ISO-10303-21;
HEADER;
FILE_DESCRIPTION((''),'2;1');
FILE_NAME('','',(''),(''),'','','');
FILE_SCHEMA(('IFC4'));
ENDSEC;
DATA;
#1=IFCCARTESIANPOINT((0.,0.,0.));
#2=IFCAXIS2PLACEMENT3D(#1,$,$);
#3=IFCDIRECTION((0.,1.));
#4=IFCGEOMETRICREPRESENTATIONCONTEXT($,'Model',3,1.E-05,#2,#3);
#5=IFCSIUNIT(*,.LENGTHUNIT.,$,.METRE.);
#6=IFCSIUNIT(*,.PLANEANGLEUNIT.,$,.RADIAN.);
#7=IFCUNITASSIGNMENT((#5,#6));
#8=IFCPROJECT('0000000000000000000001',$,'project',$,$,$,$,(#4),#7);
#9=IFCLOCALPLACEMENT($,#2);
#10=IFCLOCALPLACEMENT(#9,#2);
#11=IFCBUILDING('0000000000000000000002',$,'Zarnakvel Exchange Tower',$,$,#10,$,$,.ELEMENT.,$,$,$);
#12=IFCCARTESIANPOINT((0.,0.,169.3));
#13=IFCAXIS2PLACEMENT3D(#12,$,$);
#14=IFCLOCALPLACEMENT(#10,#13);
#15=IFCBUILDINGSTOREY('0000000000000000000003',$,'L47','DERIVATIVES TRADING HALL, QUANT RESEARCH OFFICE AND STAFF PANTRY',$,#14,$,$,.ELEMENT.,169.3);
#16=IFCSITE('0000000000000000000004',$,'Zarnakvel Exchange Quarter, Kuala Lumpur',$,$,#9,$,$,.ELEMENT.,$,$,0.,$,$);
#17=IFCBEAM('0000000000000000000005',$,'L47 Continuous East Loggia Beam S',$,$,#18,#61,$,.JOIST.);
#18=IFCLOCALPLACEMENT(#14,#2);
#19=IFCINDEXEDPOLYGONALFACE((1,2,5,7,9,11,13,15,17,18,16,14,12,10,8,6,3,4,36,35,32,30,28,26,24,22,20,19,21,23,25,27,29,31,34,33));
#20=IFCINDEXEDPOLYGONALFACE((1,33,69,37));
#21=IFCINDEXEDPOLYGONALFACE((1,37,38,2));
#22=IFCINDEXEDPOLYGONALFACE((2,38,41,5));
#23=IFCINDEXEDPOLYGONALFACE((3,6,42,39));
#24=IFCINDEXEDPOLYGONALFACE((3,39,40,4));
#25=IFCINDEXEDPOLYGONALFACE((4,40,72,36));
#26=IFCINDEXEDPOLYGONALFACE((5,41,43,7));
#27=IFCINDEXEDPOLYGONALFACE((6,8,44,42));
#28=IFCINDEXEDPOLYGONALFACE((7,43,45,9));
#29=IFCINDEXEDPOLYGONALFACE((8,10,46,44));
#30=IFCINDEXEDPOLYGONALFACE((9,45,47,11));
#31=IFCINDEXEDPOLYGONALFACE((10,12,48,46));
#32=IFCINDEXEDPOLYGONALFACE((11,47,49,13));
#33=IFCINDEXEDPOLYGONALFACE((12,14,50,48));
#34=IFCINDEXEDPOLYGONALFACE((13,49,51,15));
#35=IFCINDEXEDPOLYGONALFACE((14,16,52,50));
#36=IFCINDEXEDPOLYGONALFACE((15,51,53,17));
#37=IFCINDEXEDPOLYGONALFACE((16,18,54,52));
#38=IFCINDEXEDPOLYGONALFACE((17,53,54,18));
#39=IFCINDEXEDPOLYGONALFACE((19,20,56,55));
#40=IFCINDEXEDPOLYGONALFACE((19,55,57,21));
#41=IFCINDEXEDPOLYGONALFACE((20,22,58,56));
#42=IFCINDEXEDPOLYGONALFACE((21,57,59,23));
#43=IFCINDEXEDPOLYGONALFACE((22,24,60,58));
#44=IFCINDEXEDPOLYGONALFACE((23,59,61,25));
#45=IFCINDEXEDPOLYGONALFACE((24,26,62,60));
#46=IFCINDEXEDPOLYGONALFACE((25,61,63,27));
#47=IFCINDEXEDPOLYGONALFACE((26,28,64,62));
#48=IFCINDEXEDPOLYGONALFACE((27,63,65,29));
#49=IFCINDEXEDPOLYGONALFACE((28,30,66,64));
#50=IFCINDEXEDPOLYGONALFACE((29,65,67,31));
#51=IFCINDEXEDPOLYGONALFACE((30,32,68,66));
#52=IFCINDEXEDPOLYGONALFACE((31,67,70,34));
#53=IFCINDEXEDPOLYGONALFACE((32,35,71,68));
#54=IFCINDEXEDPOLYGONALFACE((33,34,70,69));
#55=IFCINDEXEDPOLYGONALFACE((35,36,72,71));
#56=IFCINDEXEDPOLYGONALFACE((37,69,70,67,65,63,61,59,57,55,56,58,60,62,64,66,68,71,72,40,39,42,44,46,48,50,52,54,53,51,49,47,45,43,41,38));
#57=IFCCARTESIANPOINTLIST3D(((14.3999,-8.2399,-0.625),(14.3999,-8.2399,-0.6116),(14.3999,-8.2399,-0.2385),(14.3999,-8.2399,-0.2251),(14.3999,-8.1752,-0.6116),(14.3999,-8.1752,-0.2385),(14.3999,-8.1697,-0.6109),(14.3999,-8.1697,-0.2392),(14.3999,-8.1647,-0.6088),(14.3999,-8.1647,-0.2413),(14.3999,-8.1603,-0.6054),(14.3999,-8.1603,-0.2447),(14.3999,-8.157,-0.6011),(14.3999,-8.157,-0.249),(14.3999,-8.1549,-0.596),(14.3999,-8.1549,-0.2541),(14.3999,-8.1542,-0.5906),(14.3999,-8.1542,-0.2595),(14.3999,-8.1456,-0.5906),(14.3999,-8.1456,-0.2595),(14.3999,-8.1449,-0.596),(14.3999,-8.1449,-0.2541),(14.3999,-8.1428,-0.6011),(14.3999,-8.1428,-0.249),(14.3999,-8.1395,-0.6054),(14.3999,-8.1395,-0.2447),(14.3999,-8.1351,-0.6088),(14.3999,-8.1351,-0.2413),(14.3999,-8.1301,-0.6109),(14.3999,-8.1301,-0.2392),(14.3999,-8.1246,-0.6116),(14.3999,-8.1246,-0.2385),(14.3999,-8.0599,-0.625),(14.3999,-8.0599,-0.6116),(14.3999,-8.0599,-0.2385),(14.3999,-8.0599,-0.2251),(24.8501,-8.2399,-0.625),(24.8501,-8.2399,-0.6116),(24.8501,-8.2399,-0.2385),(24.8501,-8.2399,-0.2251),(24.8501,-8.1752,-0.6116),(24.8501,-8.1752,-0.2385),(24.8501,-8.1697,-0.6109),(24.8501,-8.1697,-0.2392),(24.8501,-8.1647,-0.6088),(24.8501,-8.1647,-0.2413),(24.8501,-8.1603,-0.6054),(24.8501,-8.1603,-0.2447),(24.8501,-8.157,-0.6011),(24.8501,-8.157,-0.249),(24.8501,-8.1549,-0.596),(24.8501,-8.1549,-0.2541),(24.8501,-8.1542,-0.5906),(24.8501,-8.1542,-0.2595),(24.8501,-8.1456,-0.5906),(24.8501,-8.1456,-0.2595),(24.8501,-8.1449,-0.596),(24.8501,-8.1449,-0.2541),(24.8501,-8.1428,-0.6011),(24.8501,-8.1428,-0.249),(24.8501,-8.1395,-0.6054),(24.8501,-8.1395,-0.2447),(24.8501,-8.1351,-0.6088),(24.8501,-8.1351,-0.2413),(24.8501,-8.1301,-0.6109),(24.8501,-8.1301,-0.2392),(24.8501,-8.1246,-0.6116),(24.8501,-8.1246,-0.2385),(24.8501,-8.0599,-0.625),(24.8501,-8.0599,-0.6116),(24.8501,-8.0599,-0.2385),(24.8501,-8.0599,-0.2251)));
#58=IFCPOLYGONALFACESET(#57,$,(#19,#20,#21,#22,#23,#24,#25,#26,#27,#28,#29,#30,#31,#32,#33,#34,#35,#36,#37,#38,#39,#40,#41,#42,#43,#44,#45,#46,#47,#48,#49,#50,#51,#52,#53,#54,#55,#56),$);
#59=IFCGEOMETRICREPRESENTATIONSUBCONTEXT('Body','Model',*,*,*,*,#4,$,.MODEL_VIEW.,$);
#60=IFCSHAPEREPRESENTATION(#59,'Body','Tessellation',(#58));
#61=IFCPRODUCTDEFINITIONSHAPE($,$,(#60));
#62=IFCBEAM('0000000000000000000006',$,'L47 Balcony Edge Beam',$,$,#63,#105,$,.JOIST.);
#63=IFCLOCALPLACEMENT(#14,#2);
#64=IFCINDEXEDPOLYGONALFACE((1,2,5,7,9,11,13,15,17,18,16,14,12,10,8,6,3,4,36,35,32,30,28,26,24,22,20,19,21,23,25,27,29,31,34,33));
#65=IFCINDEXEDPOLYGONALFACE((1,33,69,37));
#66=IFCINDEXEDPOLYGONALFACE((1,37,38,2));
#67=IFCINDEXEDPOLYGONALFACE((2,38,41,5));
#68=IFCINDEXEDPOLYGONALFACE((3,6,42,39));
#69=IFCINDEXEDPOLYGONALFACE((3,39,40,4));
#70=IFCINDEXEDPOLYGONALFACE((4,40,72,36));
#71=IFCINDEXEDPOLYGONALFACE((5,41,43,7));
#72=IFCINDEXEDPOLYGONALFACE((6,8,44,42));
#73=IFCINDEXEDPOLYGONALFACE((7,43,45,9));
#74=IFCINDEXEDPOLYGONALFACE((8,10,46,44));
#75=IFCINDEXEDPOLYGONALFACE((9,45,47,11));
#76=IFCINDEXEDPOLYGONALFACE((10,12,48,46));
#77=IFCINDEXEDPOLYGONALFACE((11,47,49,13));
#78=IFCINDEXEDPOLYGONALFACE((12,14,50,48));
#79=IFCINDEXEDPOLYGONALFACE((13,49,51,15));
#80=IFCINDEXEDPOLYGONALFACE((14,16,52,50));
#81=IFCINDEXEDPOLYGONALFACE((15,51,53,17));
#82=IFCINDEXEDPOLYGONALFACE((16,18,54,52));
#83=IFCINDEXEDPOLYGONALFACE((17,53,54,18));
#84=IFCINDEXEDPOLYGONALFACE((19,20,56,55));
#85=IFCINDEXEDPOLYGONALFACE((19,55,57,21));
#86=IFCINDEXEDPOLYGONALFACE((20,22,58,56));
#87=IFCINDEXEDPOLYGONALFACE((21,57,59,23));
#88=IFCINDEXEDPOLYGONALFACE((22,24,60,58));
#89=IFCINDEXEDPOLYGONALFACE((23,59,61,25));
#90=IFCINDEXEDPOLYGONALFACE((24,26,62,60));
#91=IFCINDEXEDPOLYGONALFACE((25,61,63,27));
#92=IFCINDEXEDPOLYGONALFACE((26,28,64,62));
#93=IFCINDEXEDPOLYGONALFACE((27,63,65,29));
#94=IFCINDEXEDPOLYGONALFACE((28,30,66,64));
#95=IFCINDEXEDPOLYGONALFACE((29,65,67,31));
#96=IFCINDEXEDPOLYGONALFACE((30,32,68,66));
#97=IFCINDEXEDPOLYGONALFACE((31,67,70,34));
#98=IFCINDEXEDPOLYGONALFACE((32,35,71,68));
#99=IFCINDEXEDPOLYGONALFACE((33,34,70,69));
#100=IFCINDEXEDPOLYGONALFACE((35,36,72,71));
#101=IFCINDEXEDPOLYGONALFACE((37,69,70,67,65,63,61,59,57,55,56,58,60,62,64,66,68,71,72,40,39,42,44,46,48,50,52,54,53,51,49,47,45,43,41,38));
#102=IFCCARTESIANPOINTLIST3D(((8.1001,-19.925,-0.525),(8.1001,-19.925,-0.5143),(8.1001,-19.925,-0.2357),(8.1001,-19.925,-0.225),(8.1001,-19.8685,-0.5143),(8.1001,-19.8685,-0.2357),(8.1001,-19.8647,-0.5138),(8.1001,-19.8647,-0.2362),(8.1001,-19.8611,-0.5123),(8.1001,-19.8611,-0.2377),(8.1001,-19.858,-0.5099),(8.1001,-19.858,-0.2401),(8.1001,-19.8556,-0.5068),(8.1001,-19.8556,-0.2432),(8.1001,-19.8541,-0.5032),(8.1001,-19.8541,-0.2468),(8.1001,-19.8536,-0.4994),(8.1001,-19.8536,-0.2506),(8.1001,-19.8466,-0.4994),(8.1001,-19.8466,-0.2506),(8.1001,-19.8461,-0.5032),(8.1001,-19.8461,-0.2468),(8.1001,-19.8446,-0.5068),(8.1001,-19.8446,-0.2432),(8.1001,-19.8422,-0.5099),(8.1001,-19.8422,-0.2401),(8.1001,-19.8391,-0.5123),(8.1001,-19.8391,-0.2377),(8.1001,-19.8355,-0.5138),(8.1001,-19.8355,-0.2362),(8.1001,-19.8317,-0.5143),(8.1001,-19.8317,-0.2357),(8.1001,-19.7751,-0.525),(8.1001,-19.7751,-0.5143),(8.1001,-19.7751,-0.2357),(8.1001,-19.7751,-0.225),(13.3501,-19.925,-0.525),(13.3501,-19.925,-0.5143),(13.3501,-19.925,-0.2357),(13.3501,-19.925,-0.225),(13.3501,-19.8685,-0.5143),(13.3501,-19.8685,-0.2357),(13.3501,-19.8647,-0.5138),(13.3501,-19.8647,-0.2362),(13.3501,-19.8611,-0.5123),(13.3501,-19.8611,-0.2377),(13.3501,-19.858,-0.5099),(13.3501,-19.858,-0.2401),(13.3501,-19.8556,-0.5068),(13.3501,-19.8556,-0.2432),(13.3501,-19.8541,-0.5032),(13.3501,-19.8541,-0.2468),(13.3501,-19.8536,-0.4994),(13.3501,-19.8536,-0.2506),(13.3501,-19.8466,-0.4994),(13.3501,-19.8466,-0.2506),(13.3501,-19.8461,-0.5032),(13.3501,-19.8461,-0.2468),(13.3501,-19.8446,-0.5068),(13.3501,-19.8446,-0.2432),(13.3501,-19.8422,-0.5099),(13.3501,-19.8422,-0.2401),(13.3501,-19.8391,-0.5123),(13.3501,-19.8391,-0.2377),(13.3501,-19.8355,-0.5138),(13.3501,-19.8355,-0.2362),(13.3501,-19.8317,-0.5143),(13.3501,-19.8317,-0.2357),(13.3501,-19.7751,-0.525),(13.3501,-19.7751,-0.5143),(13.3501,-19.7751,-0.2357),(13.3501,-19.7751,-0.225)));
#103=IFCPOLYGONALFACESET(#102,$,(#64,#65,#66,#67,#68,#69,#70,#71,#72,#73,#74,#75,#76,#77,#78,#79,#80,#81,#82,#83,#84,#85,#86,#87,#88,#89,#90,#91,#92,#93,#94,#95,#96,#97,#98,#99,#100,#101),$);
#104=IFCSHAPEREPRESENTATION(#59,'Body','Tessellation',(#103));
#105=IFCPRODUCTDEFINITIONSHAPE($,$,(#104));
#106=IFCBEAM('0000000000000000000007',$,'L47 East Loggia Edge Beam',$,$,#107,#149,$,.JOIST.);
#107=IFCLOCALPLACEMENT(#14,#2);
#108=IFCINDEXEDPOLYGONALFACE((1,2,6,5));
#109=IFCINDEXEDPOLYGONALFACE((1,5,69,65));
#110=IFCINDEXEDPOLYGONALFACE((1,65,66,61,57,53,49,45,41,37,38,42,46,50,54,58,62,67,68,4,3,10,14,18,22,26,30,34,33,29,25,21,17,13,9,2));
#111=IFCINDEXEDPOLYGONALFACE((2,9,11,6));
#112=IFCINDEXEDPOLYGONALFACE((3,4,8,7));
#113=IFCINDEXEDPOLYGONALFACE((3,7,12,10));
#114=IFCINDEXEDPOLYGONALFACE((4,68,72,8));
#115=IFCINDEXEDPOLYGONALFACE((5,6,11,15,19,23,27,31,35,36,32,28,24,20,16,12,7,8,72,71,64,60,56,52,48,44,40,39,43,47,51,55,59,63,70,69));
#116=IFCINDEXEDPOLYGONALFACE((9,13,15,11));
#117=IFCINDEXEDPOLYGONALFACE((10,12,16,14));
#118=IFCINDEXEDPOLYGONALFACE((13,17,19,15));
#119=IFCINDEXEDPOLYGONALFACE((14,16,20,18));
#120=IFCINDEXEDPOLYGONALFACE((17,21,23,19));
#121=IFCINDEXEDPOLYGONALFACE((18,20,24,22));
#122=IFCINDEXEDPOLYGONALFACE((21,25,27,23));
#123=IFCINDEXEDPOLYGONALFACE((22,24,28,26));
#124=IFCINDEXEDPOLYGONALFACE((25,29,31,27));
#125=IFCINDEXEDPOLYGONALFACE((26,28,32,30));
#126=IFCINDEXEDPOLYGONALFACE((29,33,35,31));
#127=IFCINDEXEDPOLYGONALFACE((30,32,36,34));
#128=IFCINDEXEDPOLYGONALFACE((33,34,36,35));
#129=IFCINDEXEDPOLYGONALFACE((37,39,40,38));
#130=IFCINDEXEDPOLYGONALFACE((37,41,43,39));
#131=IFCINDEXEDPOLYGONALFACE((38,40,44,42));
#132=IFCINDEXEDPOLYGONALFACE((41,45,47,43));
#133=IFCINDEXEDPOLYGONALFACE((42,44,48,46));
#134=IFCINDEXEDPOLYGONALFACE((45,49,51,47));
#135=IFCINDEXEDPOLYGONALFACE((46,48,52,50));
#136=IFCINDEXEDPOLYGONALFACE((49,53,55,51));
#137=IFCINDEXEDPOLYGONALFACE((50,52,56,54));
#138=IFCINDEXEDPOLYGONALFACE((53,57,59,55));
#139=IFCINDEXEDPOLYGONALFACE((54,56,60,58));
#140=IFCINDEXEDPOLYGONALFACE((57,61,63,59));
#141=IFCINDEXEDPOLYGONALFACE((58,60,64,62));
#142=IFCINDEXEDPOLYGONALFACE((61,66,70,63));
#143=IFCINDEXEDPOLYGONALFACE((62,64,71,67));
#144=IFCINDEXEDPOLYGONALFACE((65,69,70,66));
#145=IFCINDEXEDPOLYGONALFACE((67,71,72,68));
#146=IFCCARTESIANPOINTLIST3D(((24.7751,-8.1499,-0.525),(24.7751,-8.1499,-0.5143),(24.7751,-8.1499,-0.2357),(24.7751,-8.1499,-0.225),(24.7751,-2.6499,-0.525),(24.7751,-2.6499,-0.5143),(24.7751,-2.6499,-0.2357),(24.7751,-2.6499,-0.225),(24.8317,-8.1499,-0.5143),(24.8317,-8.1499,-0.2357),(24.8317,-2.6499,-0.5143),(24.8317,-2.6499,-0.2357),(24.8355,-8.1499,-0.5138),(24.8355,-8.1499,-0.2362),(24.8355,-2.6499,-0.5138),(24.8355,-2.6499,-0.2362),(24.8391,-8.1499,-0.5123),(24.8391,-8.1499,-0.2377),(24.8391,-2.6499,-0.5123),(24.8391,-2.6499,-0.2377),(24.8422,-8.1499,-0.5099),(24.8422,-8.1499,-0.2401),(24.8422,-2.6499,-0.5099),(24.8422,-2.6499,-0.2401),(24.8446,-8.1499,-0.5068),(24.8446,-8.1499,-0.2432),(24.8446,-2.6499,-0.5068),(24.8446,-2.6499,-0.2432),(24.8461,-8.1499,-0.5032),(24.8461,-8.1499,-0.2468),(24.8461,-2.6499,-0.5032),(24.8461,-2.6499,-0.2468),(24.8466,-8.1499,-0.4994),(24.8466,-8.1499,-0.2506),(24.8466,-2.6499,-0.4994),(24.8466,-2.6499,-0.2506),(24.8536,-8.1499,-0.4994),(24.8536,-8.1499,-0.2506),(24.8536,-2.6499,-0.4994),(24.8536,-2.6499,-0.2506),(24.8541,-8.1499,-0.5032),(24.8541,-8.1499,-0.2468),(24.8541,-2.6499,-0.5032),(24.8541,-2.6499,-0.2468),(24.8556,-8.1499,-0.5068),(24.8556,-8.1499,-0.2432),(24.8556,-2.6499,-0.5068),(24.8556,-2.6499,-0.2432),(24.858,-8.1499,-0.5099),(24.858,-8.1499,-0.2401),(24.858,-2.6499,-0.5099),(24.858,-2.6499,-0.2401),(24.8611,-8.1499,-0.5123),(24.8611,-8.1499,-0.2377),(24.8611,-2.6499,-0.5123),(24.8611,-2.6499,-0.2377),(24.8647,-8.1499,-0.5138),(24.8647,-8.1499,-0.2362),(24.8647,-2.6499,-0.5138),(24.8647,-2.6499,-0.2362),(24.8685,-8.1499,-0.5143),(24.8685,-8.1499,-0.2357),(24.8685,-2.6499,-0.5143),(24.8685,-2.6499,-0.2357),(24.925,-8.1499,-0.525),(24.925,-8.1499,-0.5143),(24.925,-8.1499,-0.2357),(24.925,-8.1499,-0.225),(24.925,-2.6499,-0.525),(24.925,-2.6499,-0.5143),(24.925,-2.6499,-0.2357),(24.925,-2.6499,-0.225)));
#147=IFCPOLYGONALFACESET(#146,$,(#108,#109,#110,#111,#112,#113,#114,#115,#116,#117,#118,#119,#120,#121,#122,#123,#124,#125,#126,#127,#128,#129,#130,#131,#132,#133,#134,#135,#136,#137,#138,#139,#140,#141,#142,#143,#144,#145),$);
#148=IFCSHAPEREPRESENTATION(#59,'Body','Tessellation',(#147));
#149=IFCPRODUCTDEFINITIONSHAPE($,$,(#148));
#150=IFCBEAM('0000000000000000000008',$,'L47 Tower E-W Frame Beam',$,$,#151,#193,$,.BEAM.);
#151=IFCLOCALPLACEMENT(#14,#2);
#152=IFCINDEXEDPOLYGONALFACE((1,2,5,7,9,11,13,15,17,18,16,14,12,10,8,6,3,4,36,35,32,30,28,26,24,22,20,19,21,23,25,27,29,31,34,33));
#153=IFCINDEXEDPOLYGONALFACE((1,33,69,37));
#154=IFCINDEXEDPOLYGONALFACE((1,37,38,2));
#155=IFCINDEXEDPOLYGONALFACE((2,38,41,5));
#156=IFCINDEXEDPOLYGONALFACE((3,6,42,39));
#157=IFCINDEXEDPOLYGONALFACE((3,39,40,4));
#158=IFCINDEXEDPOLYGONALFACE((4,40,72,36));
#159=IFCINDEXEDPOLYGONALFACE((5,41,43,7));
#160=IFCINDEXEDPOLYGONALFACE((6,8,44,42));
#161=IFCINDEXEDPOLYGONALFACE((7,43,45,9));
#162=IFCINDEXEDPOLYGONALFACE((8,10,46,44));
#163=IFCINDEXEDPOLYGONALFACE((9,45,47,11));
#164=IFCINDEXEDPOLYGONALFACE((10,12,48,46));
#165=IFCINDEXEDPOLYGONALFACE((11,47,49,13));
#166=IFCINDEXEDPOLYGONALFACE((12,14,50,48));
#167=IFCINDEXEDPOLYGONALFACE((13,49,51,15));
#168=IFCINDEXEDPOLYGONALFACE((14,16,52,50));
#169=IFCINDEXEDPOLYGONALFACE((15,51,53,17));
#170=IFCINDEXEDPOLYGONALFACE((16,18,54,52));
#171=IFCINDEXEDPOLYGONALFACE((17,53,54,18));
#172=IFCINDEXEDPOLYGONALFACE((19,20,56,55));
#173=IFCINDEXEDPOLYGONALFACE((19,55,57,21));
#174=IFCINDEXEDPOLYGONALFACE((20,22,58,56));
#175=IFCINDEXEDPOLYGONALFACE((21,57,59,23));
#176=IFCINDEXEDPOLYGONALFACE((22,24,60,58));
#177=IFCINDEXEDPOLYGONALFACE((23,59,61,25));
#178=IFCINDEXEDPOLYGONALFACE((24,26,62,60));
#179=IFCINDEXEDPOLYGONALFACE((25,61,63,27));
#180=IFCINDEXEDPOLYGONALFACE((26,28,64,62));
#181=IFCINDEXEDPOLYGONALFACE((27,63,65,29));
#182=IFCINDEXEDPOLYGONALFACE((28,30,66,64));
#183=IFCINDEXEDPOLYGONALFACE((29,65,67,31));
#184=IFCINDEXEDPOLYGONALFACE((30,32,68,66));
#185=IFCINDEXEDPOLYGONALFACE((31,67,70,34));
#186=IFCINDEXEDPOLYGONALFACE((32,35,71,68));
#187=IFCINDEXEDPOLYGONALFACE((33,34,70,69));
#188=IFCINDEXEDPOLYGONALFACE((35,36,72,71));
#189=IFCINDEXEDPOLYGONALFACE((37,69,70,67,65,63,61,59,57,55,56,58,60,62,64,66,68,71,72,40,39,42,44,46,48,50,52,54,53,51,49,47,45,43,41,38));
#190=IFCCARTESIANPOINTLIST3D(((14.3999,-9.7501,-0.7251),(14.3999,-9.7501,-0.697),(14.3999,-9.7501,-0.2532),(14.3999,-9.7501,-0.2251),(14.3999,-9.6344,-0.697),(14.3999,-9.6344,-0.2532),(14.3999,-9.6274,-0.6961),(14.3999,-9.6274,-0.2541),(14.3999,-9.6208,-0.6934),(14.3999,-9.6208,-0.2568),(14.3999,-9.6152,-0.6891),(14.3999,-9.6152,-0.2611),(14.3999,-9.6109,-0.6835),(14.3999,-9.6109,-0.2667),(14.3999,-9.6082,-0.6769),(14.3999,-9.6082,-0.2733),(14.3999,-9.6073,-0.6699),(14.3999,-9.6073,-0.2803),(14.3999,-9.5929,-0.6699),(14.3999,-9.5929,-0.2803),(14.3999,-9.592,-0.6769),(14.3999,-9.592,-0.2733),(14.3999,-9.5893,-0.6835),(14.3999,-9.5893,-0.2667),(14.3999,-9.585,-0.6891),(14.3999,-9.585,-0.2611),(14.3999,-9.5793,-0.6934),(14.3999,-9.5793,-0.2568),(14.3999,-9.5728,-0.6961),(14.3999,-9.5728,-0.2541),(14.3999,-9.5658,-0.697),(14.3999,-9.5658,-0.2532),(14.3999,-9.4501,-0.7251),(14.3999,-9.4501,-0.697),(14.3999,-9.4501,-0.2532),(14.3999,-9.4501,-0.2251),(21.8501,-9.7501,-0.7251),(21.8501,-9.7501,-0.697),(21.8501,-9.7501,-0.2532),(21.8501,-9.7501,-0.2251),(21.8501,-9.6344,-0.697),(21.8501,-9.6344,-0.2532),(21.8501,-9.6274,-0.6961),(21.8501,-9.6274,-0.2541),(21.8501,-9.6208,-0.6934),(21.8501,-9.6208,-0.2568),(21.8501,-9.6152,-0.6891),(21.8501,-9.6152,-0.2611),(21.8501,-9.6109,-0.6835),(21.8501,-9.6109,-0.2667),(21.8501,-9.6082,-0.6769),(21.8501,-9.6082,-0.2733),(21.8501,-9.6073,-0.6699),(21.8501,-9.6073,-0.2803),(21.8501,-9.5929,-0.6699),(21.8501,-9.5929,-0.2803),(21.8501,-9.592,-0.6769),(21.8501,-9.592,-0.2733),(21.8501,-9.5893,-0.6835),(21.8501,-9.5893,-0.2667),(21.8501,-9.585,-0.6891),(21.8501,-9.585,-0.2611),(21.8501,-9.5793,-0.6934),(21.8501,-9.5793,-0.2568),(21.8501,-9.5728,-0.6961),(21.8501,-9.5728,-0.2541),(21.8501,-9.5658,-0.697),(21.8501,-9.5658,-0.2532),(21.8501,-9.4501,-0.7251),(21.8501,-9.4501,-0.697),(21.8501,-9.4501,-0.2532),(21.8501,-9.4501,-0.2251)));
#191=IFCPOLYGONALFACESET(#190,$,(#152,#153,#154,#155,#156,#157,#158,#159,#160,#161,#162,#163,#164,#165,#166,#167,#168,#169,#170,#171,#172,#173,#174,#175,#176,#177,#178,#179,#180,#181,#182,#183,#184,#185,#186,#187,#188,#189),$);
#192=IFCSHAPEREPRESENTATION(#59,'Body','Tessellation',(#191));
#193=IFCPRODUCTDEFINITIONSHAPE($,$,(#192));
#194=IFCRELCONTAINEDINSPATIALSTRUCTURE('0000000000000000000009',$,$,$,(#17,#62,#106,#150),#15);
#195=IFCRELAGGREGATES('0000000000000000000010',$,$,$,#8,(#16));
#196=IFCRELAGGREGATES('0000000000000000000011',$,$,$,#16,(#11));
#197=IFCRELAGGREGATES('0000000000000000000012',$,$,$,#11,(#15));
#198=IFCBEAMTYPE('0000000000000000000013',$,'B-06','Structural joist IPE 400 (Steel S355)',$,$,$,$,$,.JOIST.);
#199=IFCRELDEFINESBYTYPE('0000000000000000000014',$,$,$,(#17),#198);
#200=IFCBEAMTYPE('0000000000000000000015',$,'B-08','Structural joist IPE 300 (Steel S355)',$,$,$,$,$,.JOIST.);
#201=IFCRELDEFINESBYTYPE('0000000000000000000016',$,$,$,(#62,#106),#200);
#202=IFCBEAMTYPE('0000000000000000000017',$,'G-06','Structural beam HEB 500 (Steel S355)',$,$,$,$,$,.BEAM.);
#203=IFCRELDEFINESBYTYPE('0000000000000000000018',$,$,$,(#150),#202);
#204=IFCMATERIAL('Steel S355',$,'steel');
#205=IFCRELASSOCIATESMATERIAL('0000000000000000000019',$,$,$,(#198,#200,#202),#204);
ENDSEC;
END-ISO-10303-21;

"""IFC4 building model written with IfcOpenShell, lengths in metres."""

from ifc_helpers import new_model, si_unit, direction, frame, origin, origin_2d, place, context, subcontext, project, spatial, i_section, extrude, material, material_profile, profile_set, type_object, element, save


model = new_model("IFC4")

# Units and contexts
model_context = context("Model", 3, precision=1e-05, world=origin(), true_north=direction((0.0, 1.0)))
body_context = subcontext(model_context, "Body", "Model", "MODEL_VIEW")
ifc_project = project(units=[si_unit("LENGTHUNIT", "METRE"), si_unit("PLANEANGLEUNIT", "RADIAN")], contexts=[model_context])

# Site, building, storey
site_placement = place(None, origin())
site = spatial("IfcSite", under=ifc_project, at=site_placement, Name="Zarnakvel Exchange Quarter, Kuala Lumpur", CompositionType="ELEMENT", RefElevation=0.0)
building_placement = place(site_placement, origin())
building = spatial("IfcBuilding", under=site, at=building_placement, Name="Zarnakvel Exchange Tower", CompositionType="ELEMENT")
storey_placement = place(building_placement, frame((0.0, 0.0, 169.3)))
storey = spatial("IfcBuildingStorey", under=building, at=storey_placement, Name="L47", Description="DERIVATIVES TRADING HALL, QUANT RESEARCH OFFICE AND STAFF PANTRY", CompositionType="ELEMENT", Elevation=169.3)

# Shared definitions
ifc_material_1 = material(Name="Steel S355", Category="steel")

# Beams
ifc_material_profile_1 = material_profile(ifc_material_1, i_section(OverallWidth=0.1799, OverallDepth=0.3999, WebThickness=0.0085, FlangeThickness=0.0134, FilletRadius=0.021, at=origin_2d()))
ifc_profile_set_1 = profile_set([ifc_material_profile_1], Name="Steel S355")
beam_type_1 = type_object("IfcBeamType", Name="B-06", Description="Structural joist IPE 400 (Steel S355)", PredefinedType="JOIST", material=ifc_profile_set_1)
beam_1_placement = place(storey_placement, frame((14.3999, -8.1499, -0.425), z_axis=(1.0, 0.0, 0.0), x_axis=(0.0, 1.0, 0.0)))
element("IfcBeam", 1, at=beam_1_placement, inside=storey, type_object=beam_type_1, Name="L47 Continuous East Loggia Beam S", PredefinedType="JOIST", context=body_context, shape_type="SweptSolid", body=[
    extrude(i_section(OverallWidth=0.1799, OverallDepth=0.3999, WebThickness=0.0085, FlangeThickness=0.0134, FilletRadius=0.021, at=origin_2d()), origin(), (0.0, 0.0, 1.0), 10.4502),
])
ifc_material_profile_2 = material_profile(ifc_material_1, i_section(OverallWidth=0.1499, OverallDepth=0.3, WebThickness=0.0071, FlangeThickness=0.0107, FilletRadius=0.0149, at=origin_2d()))
ifc_profile_set_2 = profile_set([ifc_material_profile_2], Name="Steel S355")
beam_type_2 = type_object("IfcBeamType", Name="B-08", Description="Structural joist IPE 300 (Steel S355)", PredefinedType="JOIST", material=ifc_profile_set_2)
beam_2_placement = place(storey_placement, frame((8.1001, -19.8501, -0.375), z_axis=(1.0, 0.0, 0.0), x_axis=(0.0, 1.0, 0.0)))
element("IfcBeam", 2, at=beam_2_placement, inside=storey, type_object=beam_type_2, Name="L47 Balcony Edge Beam", PredefinedType="JOIST", context=body_context, shape_type="SweptSolid", body=[
    extrude(i_section(OverallWidth=0.1499, OverallDepth=0.3, WebThickness=0.0071, FlangeThickness=0.0107, FilletRadius=0.0149, at=origin_2d()), origin(), (0.0, 0.0, 1.0), 5.25),
])
beam_3_placement = place(storey_placement, frame((24.8501, -8.1499, -0.375), z_axis=(0.0, 1.0, 0.0), x_axis=(-1.0, 0.0, 0.0)))
element("IfcBeam", 3, at=beam_3_placement, inside=storey, type_object=beam_type_2, Name="L47 East Loggia Edge Beam", PredefinedType="JOIST", context=body_context, shape_type="SweptSolid", body=[
    extrude(i_section(OverallWidth=0.1499, OverallDepth=0.3, WebThickness=0.0071, FlangeThickness=0.0107, FilletRadius=0.0149, at=origin_2d()), origin(), (0.0, 0.0, 1.0), 5.5),
])
ifc_material_profile_3 = material_profile(ifc_material_1, i_section(OverallWidth=0.3, OverallDepth=0.5, WebThickness=0.0144, FlangeThickness=0.0281, FilletRadius=0.0271, at=origin_2d()))
ifc_profile_set_3 = profile_set([ifc_material_profile_3], Name="Steel S355")
beam_type_3 = type_object("IfcBeamType", Name="G-06", Description="Structural beam HEB 500 (Steel S355)", PredefinedType="BEAM", material=ifc_profile_set_3)
beam_4_placement = place(storey_placement, frame((14.3999, -9.6001, -0.4751), z_axis=(1.0, 0.0, 0.0), x_axis=(0.0, 1.0, 0.0)))
element("IfcBeam", 4, at=beam_4_placement, inside=storey, type_object=beam_type_3, Name="L47 Tower E-W Frame Beam", PredefinedType="BEAM", context=body_context, shape_type="SweptSolid", body=[
    extrude(i_section(OverallWidth=0.3, OverallDepth=0.5, WebThickness=0.0144, FlangeThickness=0.0281, FilletRadius=0.0271, at=origin_2d()), origin(), (0.0, 0.0, 1.0), 7.4502),
])

save(model, "model.ifc")
